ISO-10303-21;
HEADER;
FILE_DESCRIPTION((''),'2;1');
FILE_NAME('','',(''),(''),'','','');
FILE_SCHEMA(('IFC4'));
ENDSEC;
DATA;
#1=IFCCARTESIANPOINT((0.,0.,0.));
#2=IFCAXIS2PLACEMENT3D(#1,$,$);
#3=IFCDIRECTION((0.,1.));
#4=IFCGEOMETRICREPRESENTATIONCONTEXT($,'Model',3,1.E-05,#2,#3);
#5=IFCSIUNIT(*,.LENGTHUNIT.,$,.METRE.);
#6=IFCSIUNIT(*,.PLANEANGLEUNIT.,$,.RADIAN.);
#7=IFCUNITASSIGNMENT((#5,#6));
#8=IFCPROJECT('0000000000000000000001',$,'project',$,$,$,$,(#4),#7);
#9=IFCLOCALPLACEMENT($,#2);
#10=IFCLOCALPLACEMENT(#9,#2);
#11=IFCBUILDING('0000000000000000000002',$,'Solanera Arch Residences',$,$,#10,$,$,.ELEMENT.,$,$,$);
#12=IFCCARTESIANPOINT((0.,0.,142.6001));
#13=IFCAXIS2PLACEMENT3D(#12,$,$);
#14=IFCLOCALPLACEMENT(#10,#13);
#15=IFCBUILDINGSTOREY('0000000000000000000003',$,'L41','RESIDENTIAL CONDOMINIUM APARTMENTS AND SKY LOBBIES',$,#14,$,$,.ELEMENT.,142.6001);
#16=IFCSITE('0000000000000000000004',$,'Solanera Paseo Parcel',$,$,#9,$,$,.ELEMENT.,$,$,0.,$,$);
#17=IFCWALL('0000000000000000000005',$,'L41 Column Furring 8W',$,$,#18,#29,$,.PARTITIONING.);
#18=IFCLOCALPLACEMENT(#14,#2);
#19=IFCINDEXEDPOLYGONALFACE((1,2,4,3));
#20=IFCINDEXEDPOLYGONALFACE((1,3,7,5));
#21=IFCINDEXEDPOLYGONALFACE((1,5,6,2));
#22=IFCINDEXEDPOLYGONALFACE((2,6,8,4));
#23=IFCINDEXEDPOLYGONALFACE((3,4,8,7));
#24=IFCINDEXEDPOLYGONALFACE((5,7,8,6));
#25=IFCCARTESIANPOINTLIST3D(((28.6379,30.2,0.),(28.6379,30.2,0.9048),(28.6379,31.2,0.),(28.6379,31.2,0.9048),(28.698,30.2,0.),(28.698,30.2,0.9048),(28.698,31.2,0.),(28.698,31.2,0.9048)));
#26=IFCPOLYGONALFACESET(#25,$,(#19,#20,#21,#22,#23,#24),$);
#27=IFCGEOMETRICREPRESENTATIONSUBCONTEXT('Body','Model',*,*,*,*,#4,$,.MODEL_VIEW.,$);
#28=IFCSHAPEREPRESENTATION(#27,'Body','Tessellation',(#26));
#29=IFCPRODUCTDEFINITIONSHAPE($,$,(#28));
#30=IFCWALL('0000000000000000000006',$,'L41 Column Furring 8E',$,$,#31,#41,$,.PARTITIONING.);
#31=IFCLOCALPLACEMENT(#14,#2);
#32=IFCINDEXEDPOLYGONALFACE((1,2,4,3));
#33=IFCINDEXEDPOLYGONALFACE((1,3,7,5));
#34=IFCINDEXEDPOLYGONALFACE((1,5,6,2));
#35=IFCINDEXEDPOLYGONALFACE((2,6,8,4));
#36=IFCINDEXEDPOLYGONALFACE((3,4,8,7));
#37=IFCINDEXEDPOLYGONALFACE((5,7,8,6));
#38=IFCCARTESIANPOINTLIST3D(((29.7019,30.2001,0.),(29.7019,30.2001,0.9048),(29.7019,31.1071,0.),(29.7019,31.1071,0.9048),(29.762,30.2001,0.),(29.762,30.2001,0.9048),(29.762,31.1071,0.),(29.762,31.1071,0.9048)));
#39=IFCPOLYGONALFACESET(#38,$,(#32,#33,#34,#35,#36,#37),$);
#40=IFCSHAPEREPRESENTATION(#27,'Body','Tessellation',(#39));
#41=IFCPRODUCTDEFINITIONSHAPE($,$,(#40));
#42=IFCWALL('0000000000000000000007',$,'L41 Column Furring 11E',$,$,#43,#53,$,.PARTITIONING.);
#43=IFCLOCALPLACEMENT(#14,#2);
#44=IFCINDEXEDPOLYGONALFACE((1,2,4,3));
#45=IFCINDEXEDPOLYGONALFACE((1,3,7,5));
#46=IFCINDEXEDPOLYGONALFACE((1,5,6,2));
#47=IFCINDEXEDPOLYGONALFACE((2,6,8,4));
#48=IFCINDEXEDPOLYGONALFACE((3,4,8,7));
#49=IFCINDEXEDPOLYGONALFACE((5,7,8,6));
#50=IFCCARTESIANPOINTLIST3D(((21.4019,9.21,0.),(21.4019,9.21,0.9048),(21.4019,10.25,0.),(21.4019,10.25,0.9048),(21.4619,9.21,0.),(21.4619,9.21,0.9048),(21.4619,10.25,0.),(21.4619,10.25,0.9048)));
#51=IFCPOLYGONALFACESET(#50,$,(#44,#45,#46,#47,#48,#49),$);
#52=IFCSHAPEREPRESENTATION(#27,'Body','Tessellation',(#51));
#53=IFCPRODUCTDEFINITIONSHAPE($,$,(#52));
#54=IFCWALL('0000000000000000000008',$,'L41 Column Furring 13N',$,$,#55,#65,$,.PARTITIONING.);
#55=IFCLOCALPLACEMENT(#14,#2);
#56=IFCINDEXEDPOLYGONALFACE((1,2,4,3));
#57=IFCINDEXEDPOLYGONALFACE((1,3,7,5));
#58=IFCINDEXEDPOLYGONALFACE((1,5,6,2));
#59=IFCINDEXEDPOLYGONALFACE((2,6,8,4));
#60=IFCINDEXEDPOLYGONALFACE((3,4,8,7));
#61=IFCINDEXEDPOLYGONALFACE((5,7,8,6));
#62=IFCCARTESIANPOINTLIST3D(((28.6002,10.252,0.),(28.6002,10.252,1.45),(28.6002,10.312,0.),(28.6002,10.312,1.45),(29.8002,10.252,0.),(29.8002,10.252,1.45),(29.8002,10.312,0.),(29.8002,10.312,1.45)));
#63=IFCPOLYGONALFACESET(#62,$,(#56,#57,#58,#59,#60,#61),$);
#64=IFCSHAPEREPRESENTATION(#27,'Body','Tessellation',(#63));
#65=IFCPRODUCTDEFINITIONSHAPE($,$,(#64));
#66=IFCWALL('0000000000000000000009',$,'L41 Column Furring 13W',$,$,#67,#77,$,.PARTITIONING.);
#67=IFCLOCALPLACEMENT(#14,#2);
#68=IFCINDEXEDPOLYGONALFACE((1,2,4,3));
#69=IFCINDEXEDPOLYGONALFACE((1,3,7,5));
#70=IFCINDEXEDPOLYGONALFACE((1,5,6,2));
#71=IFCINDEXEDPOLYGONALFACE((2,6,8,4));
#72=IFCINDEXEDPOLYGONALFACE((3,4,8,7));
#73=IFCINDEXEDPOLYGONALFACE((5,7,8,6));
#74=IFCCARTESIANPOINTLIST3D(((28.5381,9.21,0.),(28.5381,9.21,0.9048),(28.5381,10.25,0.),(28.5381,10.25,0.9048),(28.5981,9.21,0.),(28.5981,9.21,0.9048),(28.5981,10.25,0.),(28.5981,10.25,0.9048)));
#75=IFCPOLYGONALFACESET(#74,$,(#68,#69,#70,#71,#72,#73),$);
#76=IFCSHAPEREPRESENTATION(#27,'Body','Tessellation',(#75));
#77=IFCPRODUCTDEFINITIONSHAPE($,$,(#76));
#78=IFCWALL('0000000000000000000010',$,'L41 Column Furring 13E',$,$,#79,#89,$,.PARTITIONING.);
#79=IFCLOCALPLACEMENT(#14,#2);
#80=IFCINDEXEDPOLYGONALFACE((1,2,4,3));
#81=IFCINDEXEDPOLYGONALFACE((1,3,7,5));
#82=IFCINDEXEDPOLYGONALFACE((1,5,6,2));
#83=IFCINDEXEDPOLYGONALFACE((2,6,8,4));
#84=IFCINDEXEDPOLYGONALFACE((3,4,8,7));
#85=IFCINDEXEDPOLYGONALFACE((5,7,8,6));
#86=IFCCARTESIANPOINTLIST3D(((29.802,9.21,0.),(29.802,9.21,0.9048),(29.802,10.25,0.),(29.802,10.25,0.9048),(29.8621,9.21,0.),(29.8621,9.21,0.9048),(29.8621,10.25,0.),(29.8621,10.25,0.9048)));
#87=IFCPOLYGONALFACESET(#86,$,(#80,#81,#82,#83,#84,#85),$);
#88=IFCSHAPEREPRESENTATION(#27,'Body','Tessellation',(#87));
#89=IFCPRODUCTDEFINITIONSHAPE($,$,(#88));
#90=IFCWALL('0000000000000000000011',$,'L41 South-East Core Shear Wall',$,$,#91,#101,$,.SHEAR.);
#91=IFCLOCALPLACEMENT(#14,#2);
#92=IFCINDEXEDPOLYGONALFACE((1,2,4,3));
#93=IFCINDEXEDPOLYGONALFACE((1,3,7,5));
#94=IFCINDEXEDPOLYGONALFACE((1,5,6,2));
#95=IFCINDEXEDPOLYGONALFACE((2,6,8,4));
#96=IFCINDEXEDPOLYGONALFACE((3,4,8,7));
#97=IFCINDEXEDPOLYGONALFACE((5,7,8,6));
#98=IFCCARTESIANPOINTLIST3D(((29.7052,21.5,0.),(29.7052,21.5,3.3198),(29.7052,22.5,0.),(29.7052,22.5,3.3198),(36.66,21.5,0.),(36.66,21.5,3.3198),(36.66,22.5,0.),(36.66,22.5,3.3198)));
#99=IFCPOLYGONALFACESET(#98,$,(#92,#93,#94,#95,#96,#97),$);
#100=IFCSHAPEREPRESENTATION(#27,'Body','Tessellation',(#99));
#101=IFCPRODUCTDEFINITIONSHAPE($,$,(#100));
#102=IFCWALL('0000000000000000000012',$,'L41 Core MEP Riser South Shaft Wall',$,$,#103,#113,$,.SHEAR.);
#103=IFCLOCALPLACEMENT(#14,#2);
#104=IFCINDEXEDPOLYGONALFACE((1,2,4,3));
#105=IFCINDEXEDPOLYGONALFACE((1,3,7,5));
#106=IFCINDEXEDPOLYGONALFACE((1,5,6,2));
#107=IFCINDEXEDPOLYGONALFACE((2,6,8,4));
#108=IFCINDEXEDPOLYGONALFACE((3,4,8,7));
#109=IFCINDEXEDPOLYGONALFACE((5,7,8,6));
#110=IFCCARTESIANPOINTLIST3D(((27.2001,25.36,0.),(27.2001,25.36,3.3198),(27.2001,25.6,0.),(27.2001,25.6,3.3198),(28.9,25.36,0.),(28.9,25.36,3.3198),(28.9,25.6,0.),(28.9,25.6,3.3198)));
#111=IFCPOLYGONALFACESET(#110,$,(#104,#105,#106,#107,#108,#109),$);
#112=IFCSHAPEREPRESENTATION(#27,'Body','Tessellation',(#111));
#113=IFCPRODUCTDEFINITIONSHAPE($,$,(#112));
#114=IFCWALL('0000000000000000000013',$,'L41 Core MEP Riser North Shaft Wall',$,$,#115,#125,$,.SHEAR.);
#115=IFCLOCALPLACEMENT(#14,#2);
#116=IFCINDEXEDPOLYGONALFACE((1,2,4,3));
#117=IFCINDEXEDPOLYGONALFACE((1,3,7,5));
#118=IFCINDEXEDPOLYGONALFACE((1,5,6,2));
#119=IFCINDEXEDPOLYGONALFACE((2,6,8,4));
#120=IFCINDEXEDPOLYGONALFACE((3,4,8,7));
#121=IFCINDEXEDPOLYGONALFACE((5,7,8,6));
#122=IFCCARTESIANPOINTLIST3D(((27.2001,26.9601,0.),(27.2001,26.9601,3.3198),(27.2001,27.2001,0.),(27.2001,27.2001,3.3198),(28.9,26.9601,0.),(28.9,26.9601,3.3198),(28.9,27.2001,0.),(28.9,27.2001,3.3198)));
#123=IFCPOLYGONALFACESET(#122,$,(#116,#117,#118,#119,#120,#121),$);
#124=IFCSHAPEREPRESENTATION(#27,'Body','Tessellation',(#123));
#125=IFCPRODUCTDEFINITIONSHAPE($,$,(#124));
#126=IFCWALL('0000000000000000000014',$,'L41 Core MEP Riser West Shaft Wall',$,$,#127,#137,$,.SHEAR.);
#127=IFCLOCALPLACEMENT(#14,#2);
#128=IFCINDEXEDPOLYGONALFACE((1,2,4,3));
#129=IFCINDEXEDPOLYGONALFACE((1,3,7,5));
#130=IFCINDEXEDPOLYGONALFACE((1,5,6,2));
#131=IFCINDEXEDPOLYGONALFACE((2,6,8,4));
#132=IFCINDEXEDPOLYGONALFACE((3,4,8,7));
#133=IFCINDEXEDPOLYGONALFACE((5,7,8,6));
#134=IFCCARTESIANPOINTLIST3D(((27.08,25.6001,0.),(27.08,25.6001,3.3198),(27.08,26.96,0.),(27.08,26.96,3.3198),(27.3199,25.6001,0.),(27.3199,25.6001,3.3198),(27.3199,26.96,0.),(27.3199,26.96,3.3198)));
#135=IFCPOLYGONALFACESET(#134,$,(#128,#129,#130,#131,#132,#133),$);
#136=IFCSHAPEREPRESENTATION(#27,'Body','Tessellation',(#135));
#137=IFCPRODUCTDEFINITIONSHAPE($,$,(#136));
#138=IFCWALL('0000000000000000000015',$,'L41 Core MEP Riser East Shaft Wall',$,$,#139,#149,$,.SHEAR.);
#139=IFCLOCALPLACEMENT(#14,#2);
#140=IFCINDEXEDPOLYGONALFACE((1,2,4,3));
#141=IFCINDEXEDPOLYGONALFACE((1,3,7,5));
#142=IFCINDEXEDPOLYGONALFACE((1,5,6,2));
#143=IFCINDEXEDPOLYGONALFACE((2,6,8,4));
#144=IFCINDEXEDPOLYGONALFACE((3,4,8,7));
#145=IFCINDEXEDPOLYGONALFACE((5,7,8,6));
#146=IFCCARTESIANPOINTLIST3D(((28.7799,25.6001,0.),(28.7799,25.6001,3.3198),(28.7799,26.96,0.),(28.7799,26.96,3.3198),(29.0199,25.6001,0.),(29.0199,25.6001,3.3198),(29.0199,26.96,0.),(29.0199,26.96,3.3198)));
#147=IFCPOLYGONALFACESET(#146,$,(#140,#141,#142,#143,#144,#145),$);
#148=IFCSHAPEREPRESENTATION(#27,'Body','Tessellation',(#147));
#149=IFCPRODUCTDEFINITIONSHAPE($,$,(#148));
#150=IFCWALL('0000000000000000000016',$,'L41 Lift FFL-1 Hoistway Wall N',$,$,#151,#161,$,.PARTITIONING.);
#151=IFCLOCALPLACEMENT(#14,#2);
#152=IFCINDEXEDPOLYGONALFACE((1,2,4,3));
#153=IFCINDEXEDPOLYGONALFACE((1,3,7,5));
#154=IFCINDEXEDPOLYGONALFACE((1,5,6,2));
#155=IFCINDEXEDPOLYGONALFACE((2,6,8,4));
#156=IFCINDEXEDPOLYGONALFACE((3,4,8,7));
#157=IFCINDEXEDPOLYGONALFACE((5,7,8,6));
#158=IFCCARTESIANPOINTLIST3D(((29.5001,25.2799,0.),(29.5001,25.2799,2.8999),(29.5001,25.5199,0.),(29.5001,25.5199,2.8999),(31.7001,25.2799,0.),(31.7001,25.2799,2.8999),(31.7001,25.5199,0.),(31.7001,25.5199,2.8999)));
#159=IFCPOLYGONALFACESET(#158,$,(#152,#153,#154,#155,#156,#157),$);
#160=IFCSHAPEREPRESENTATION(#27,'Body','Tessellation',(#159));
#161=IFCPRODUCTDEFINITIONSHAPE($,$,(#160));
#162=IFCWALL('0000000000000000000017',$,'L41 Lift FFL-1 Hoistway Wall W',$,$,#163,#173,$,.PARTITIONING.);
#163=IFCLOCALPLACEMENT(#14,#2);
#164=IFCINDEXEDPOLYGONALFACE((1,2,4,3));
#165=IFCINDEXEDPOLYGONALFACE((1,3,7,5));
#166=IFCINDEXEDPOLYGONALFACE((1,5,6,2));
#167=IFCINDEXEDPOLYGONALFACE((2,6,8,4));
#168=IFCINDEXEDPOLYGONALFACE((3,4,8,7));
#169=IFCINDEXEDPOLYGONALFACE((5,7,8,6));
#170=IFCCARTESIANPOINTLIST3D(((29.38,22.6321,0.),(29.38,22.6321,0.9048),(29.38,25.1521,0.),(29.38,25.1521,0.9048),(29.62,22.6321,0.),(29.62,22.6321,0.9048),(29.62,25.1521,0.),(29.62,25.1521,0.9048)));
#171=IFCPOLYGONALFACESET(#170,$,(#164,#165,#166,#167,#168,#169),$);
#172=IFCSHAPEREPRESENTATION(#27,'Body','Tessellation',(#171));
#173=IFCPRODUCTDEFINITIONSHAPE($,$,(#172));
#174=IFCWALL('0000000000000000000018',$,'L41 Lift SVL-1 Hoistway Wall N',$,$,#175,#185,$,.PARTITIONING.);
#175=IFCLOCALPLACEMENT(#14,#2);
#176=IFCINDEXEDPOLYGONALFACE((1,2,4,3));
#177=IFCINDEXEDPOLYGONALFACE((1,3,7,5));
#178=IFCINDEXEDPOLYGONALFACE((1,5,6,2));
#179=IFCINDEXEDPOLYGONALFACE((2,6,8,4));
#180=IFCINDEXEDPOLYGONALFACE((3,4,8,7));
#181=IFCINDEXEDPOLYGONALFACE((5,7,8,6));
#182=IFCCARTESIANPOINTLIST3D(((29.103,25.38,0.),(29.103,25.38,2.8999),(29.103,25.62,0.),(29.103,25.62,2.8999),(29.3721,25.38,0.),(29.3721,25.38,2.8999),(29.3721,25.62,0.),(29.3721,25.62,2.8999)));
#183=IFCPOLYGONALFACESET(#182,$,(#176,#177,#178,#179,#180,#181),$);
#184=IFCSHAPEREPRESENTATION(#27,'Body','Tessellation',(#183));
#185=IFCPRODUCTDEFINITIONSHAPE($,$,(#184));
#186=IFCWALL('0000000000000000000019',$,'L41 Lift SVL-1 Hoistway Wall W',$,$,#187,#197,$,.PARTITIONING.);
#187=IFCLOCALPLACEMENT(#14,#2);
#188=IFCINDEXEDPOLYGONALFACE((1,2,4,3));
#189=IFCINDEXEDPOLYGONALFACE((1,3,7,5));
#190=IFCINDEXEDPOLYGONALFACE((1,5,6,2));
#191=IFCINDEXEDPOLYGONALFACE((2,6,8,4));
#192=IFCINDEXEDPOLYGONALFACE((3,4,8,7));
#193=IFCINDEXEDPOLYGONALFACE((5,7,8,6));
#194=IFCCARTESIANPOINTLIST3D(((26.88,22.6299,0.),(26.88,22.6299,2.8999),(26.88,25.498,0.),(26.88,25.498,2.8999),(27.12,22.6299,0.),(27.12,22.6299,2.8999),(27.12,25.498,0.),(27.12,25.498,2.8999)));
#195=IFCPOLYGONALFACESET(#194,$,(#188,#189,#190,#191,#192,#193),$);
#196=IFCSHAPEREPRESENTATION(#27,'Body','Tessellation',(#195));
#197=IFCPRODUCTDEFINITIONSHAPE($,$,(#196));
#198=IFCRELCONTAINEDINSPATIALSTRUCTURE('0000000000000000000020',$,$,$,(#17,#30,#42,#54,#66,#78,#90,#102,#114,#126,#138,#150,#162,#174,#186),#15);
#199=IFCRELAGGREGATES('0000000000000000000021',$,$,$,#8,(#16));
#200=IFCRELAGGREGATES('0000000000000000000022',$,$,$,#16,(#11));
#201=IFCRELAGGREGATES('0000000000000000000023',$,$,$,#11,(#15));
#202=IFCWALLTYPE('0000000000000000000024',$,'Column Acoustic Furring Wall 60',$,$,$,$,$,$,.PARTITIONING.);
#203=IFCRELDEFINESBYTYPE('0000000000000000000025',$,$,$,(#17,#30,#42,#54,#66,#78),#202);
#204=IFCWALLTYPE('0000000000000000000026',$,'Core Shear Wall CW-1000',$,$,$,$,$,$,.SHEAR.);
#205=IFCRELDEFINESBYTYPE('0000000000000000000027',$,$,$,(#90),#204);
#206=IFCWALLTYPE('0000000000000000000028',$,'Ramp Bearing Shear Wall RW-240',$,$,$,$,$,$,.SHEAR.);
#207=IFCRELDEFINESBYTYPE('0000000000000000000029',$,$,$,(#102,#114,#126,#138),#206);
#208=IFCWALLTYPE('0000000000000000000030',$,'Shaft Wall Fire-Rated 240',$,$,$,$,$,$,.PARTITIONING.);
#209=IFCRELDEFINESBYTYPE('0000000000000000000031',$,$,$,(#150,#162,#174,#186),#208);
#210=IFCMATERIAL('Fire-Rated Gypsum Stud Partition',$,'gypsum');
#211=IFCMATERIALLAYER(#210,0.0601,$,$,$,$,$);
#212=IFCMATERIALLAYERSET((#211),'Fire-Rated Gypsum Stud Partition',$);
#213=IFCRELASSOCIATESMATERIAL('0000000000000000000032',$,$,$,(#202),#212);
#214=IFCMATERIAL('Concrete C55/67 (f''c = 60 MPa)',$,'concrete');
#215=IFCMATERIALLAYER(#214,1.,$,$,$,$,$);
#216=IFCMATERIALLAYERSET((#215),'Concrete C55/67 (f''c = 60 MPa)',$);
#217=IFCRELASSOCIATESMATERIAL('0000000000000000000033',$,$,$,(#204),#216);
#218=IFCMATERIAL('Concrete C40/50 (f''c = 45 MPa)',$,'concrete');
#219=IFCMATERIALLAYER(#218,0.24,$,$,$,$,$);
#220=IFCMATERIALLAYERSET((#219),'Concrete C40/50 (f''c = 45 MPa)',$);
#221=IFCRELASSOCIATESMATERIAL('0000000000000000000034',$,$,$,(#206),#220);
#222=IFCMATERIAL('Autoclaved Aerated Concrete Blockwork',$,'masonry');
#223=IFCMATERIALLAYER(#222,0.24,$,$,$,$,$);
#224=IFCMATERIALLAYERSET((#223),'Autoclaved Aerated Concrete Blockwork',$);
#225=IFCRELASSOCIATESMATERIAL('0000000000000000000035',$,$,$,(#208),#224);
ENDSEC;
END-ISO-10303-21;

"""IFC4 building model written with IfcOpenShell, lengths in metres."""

from ifc_helpers import new_model, si_unit, direction, frame, frame_2d, origin, place, context, subcontext, project, spatial, rectangle, extrude, material, layer, layer_set, type_object, element, save


model = new_model("IFC4")

# Units and contexts
model_context = context("Model", 3, precision=1e-05, world=origin(), true_north=direction((0.0, 1.0)))
body_context = subcontext(model_context, "Body", "Model", "MODEL_VIEW")
ifc_project = project(units=[si_unit("LENGTHUNIT", "METRE"), si_unit("PLANEANGLEUNIT", "RADIAN")], contexts=[model_context])

# Site, building, storey
site_placement = place(None, origin())
site = spatial("IfcSite", under=ifc_project, at=site_placement, Name="Solanera Paseo Parcel", CompositionType="ELEMENT", RefElevation=0.0)
building_placement = place(site_placement, origin())
building = spatial("IfcBuilding", under=site, at=building_placement, Name="Solanera Arch Residences", CompositionType="ELEMENT")
storey_placement = place(building_placement, frame((0.0, 0.0, 142.6001)))
storey = spatial("IfcBuildingStorey", under=building, at=storey_placement, Name="L41", Description="RESIDENTIAL CONDOMINIUM APARTMENTS AND SKY LOBBIES", CompositionType="ELEMENT", Elevation=142.6001)

# Walls
ifc_material_1 = material(Name="Fire-Rated Gypsum Stud Partition", Category="gypsum")
ifc_layer_1 = layer(ifc_material_1, 0.0601)
ifc_layer_set_1 = layer_set([ifc_layer_1], Name="Fire-Rated Gypsum Stud Partition")
wall_type_1 = type_object("IfcWallType", Name="Column Acoustic Furring Wall 60", PredefinedType="PARTITIONING", material=ifc_layer_set_1)
for number, where, z_axis, x_axis, name in (
    (1, (28.668, 30.2, 0.0), (0.0, 0.0, 1.0), (0.0, 1.0, 0.0), "L41 Column Furring 8W"),
):
    element("IfcWall", number, at=place(storey_placement, frame(where, z_axis=z_axis, x_axis=x_axis)), inside=storey, type_object=wall_type_1, Name=name, PredefinedType="PARTITIONING", context=body_context, shape_type="SweptSolid", body=[
        extrude(rectangle(XDim=1.0, YDim=0.0601, at=frame_2d((0.5, 0.0))), origin(), (0.0, 0.0, 1.0), 0.9048),
    ])
wall_1_placement = place(storey_placement, frame((29.7319, 30.2, 0.0), z_axis=(0.0, 0.0, 1.0), x_axis=(0.0, 1.0, 0.0)))
element("IfcWall", 2, at=wall_1_placement, inside=storey, type_object=wall_type_1, Name="L41 Column Furring 8E", PredefinedType="PARTITIONING", context=body_context, shape_type="SweptSolid", body=[
    extrude(rectangle(XDim=0.907, YDim=0.0601, at=frame_2d((0.4536, 0.0))), origin(), (0.0, 0.0, 1.0), 0.9048),
])
wall_2_placement = place(storey_placement, frame((21.4319, 9.21, 0.0), z_axis=(0.0, 0.0, 1.0), x_axis=(0.0, 1.0, 0.0)))
element("IfcWall", 3, at=wall_2_placement, inside=storey, type_object=wall_type_1, Name="L41 Column Furring 11E", PredefinedType="PARTITIONING", context=body_context, shape_type="SweptSolid", body=[
    extrude(rectangle(XDim=1.04, YDim=0.0601, at=frame_2d((0.52, 0.0))), origin(), (0.0, 0.0, 1.0), 0.9048),
])
wall_3_placement = place(storey_placement, frame((28.6001, 10.282, 0.0), z_axis=(0.0, 0.0, 1.0), x_axis=(1.0, 0.0, 0.0)))
element("IfcWall", 4, at=wall_3_placement, inside=storey, type_object=wall_type_1, Name="L41 Column Furring 13N", PredefinedType="PARTITIONING", context=body_context, shape_type="SweptSolid", body=[
    extrude(rectangle(XDim=1.2, YDim=0.0601, at=frame_2d((0.6001, 0.0))), origin(), (0.0, 0.0, 1.0), 1.45),
])
for number, where, z_axis, x_axis, name in (
    (5, (28.5681, 9.21, 0.0), (0.0, 0.0, 1.0), (0.0, 1.0, 0.0), "L41 Column Furring 13W"),
    (6, (29.832, 9.21, 0.0), (0.0, 0.0, 1.0), (0.0, 1.0, 0.0), "L41 Column Furring 13E"),
):
    element("IfcWall", number, at=place(storey_placement, frame(where, z_axis=z_axis, x_axis=x_axis)), inside=storey, type_object=wall_type_1, Name=name, PredefinedType="PARTITIONING", context=body_context, shape_type="SweptSolid", body=[
        extrude(rectangle(XDim=1.04, YDim=0.0601, at=frame_2d((0.52, 0.0))), origin(), (0.0, 0.0, 1.0), 0.9048),
    ])
ifc_material_2 = material(Name="Concrete C55/67 (f'c = 60 MPa)", Category="concrete")
ifc_layer_2 = layer(ifc_material_2, 1.0)
ifc_layer_set_2 = layer_set([ifc_layer_2], Name="Concrete C55/67 (f'c = 60 MPa)")
wall_type_2 = type_object("IfcWallType", Name="Core Shear Wall CW-1000", PredefinedType="SHEAR", material=ifc_layer_set_2)
wall_4_placement = place(storey_placement, frame((29.7051, 22.0, 0.0), z_axis=(0.0, 0.0, 1.0), x_axis=(1.0, 0.0, 0.0)))
element("IfcWall", 7, at=wall_4_placement, inside=storey, type_object=wall_type_2, Name="L41 South-East Core Shear Wall", PredefinedType="SHEAR", context=body_context, shape_type="SweptSolid", body=[
    extrude(rectangle(XDim=6.9548, YDim=1.0, at=frame_2d((3.4775, 0.0))), origin(), (0.0, 0.0, 1.0), 3.3198),
])
ifc_material_3 = material(Name="Concrete C40/50 (f'c = 45 MPa)", Category="concrete")
ifc_layer_3 = layer(ifc_material_3, 0.24)
ifc_layer_set_3 = layer_set([ifc_layer_3], Name="Concrete C40/50 (f'c = 45 MPa)")
wall_type_3 = type_object("IfcWallType", Name="Ramp Bearing Shear Wall RW-240", PredefinedType="SHEAR", material=ifc_layer_set_3)
for number, where, z_axis, x_axis, name in (
    (8, (27.2, 25.48, 0.0), (0.0, 0.0, 1.0), (1.0, 0.0, 0.0), "L41 Core MEP Riser South Shaft Wall"),
    (9, (27.2, 27.0801, 0.0), (0.0, 0.0, 1.0), (1.0, 0.0, 0.0), "L41 Core MEP Riser North Shaft Wall"),
):
    element("IfcWall", number, at=place(storey_placement, frame(where, z_axis=z_axis, x_axis=x_axis)), inside=storey, type_object=wall_type_3, Name=name, PredefinedType="SHEAR", context=body_context, shape_type="SweptSolid", body=[
        extrude(rectangle(XDim=1.7, YDim=0.24, at=frame_2d((0.8501, 0.0))), origin(), (0.0, 0.0, 1.0), 3.3198),
    ])
for number, where, z_axis, x_axis, name in (
    (10, (27.2, 25.6001, 0.0), (0.0, 0.0, 1.0), (0.0, 1.0, 0.0), "L41 Core MEP Riser West Shaft Wall"),
    (11, (28.8999, 25.6001, 0.0), (0.0, 0.0, 1.0), (0.0, 1.0, 0.0), "L41 Core MEP Riser East Shaft Wall"),
):
    element("IfcWall", number, at=place(storey_placement, frame(where, z_axis=z_axis, x_axis=x_axis)), inside=storey, type_object=wall_type_3, Name=name, PredefinedType="SHEAR", context=body_context, shape_type="SweptSolid", body=[
        extrude(rectangle(XDim=1.3599, YDim=0.24, at=frame_2d((0.6799, 0.0))), origin(), (0.0, 0.0, 1.0), 3.3198),
    ])
ifc_material_4 = material(Name="Autoclaved Aerated Concrete Blockwork", Category="masonry")
ifc_layer_4 = layer(ifc_material_4, 0.24)
ifc_layer_set_4 = layer_set([ifc_layer_4], Name="Autoclaved Aerated Concrete Blockwork")
wall_type_4 = type_object("IfcWallType", Name="Shaft Wall Fire-Rated 240", PredefinedType="PARTITIONING", material=ifc_layer_set_4)
wall_5_placement = place(storey_placement, frame((29.5, 25.3999, 0.0), z_axis=(0.0, 0.0, 1.0), x_axis=(1.0, 0.0, 0.0)))
element("IfcWall", 12, at=wall_5_placement, inside=storey, type_object=wall_type_4, Name="L41 Lift FFL-1 Hoistway Wall N", PredefinedType="PARTITIONING", context=body_context, shape_type="SweptSolid", body=[
    extrude(rectangle(XDim=2.2, YDim=0.24, at=frame_2d((1.1001, 0.0))), origin(), (0.0, 0.0, 1.0), 2.8999),
])
wall_6_placement = place(storey_placement, frame((29.5, 22.6321, 0.0), z_axis=(0.0, 0.0, 1.0), x_axis=(0.0, 1.0, 0.0)))
element("IfcWall", 13, at=wall_6_placement, inside=storey, type_object=wall_type_4, Name="L41 Lift FFL-1 Hoistway Wall W", PredefinedType="PARTITIONING", context=body_context, shape_type="SweptSolid", body=[
    extrude(rectangle(XDim=2.52, YDim=0.24, at=frame_2d((1.26, 0.0))), origin(), (0.0, 0.0, 1.0), 0.9048),
])
wall_7_placement = place(storey_placement, frame((29.103, 25.5, 0.0), z_axis=(0.0, 0.0, 1.0), x_axis=(1.0, 0.0, 0.0)))
element("IfcWall", 14, at=wall_7_placement, inside=storey, type_object=wall_type_4, Name="L41 Lift SVL-1 Hoistway Wall N", PredefinedType="PARTITIONING", context=body_context, shape_type="SweptSolid", body=[
    extrude(rectangle(XDim=0.269, YDim=0.24, at=frame_2d((0.1345, 0.0))), origin(), (0.0, 0.0, 1.0), 2.8999),
])
wall_8_placement = place(storey_placement, frame((27.0, 22.6299, 0.0), z_axis=(0.0, 0.0, 1.0), x_axis=(0.0, 1.0, 0.0)))
element("IfcWall", 15, at=wall_8_placement, inside=storey, type_object=wall_type_4, Name="L41 Lift SVL-1 Hoistway Wall W", PredefinedType="PARTITIONING", context=body_context, shape_type="SweptSolid", body=[
    extrude(rectangle(XDim=2.8682, YDim=0.24, at=frame_2d((1.4341, 0.0))), origin(), (0.0, 0.0, 1.0), 2.8999),
])

save(model, "model.ifc")
